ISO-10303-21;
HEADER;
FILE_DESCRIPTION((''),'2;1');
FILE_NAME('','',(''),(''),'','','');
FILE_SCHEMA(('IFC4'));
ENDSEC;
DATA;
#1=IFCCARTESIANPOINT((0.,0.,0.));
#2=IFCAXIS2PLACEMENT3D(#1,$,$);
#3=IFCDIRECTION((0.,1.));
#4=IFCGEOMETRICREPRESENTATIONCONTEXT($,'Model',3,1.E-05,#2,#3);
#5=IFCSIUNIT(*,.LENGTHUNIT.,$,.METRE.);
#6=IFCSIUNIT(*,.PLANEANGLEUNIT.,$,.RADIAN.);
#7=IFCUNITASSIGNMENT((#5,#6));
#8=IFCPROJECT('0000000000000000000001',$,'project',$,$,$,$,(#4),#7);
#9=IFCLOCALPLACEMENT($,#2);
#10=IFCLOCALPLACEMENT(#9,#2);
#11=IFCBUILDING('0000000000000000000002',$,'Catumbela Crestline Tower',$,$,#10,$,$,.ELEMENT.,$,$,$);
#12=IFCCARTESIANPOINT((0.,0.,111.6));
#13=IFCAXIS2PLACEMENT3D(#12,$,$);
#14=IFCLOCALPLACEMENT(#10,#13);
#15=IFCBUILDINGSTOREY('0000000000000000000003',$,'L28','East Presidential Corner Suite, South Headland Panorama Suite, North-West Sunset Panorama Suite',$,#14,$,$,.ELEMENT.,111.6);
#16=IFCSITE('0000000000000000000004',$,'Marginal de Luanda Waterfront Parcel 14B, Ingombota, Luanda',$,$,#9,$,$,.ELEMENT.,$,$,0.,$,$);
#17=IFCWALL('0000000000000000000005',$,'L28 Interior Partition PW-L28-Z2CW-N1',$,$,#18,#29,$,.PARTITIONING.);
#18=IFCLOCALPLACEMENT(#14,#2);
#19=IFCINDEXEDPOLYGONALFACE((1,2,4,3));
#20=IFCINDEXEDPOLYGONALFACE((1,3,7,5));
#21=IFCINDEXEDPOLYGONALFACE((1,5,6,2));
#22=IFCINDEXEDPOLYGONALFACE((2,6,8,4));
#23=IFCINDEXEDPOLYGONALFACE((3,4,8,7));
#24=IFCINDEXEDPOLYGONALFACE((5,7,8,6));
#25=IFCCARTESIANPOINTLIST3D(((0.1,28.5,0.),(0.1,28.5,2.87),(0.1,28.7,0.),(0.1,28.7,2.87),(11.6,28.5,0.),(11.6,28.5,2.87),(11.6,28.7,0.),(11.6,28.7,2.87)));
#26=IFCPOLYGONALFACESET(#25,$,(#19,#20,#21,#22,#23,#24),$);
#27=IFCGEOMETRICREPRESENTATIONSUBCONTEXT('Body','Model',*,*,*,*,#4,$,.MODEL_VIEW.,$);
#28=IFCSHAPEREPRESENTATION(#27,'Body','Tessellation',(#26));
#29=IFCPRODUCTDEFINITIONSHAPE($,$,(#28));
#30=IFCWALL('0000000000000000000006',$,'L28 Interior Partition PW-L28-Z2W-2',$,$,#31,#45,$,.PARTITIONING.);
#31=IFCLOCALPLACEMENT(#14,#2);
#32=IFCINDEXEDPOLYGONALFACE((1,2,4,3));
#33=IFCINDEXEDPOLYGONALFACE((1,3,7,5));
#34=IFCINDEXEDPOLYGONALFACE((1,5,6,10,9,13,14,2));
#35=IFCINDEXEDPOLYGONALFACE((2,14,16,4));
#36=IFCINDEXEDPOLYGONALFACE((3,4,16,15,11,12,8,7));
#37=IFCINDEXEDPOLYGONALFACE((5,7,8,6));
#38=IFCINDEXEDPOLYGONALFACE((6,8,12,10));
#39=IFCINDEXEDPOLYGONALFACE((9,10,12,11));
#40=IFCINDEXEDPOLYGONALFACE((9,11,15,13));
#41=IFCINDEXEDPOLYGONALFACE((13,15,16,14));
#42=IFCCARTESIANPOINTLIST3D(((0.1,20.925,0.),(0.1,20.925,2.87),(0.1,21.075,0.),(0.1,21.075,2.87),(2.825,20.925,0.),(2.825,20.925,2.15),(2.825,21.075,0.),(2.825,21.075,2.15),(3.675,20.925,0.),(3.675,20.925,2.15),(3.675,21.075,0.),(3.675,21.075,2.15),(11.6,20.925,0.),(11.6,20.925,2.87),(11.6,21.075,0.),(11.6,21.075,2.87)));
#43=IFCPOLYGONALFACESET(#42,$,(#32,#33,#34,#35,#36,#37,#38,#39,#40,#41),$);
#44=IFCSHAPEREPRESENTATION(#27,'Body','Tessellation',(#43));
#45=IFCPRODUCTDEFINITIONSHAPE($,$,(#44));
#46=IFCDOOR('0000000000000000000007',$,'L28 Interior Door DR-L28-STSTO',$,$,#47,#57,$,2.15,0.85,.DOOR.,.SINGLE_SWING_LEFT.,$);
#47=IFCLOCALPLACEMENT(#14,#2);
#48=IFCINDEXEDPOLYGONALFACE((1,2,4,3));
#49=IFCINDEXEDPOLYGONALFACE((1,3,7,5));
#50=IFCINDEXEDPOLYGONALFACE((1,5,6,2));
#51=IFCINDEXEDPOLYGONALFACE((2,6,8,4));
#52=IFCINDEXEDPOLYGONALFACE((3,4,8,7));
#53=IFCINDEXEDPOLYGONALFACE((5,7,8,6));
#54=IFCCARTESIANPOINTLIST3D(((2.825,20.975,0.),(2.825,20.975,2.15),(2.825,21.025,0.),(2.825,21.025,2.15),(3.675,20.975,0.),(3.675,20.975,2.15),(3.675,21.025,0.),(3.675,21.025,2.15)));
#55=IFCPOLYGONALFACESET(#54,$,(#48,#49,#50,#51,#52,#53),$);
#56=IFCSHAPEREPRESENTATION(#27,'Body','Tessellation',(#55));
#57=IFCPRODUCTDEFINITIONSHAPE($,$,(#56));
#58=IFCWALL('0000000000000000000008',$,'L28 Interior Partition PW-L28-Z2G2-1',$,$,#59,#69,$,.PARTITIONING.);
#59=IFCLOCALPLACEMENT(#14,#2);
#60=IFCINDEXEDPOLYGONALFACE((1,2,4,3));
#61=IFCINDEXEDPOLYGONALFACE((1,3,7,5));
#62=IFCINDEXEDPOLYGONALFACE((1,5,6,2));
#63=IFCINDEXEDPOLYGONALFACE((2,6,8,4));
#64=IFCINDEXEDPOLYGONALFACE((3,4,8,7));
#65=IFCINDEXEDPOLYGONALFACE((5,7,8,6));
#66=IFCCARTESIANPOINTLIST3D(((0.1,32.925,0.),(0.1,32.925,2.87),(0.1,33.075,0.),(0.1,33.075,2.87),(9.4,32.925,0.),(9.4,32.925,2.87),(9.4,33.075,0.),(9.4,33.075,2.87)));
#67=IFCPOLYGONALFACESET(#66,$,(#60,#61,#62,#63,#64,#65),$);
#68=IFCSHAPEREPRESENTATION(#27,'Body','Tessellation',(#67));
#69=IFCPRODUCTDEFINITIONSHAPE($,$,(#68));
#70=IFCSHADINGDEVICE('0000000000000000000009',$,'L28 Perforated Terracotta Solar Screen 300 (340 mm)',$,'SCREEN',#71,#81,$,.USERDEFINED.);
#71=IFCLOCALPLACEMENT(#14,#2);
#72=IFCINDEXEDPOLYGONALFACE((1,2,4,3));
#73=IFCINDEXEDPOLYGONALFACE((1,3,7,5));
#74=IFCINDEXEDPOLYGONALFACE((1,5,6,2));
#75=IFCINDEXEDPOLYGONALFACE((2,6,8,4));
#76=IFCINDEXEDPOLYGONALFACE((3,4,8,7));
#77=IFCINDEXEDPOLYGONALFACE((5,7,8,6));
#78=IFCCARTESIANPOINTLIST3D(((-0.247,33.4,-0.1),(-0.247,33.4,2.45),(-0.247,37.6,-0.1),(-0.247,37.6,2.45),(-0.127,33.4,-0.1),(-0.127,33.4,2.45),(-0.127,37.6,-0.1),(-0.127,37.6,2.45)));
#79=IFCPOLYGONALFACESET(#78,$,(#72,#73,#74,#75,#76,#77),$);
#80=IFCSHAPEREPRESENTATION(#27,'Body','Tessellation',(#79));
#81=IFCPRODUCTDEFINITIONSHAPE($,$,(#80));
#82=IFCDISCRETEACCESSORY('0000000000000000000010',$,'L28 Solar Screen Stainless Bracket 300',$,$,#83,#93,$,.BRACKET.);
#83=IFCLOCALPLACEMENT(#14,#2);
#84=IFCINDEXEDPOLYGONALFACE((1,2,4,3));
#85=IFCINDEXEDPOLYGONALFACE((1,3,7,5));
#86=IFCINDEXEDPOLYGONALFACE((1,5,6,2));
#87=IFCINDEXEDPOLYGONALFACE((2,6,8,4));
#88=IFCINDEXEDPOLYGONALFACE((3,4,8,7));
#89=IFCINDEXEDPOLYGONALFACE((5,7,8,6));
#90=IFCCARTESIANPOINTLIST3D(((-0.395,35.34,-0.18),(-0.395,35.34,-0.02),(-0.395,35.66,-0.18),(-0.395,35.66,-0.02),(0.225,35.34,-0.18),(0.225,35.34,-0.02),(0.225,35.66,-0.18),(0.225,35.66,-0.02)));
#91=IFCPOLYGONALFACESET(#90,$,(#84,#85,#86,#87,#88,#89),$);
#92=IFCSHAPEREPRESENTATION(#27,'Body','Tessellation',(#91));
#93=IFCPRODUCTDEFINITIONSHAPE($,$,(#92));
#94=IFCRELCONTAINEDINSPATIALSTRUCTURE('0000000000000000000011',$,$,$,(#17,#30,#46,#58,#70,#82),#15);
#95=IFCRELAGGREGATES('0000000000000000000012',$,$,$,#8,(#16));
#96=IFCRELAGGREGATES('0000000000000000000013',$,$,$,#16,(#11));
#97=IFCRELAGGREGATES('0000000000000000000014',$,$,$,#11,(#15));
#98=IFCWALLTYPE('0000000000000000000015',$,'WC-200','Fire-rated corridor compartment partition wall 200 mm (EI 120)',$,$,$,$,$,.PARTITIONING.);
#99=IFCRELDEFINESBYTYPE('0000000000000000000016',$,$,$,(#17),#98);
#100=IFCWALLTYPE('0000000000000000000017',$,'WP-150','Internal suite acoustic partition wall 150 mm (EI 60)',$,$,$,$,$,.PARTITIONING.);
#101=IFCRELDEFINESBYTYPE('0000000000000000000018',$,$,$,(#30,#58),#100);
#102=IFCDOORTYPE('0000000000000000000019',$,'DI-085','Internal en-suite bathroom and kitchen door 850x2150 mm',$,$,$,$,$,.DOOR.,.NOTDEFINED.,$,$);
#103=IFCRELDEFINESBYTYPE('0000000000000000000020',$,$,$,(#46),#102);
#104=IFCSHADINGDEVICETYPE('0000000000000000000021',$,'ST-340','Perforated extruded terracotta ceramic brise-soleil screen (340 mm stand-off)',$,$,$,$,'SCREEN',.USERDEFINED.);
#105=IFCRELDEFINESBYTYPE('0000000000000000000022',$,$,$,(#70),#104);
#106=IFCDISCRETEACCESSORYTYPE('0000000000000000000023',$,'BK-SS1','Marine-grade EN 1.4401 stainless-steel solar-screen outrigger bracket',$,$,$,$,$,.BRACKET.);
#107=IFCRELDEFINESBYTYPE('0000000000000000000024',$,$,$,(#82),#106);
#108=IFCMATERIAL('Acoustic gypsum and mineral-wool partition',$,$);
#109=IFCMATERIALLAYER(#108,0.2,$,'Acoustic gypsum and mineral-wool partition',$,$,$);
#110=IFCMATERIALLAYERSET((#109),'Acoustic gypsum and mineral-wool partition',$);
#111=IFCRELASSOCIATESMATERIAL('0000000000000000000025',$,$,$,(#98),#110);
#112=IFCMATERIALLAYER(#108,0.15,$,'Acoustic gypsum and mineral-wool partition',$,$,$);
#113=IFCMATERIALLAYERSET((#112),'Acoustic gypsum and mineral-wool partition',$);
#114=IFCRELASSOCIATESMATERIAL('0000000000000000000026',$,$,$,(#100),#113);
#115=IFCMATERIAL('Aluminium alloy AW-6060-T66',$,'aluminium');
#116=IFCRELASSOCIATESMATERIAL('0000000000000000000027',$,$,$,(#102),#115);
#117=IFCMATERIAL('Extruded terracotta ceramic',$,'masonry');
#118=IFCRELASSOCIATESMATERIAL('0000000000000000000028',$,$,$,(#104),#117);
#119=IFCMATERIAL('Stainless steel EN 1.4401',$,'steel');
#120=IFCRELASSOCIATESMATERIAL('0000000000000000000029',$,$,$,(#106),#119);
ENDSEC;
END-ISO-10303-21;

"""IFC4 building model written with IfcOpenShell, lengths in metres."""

from ifc_helpers import new_model, si_unit, direction, frame, frame_2d, origin, origin_2d, place, context, subcontext, project, spatial, rectangle, extrude, material, layer, layer_set, type_object, element, fill, save


model = new_model("IFC4")

# Units and contexts
model_context = context("Model", 3, precision=1e-05, world=origin(), true_north=direction((0.0, 1.0)))
body_context = subcontext(model_context, "Body", "Model", "MODEL_VIEW")
ifc_project = project(units=[si_unit("LENGTHUNIT", "METRE"), si_unit("PLANEANGLEUNIT", "RADIAN")], contexts=[model_context])

# Site, building, storey
site_placement = place(None, origin())
site = spatial("IfcSite", under=ifc_project, at=site_placement, Name="Marginal de Luanda Waterfront Parcel 14B, Ingombota, Luanda", CompositionType="ELEMENT", RefElevation=0.0)
building_placement = place(site_placement, origin())
building = spatial("IfcBuilding", under=site, at=building_placement, Name="Catumbela Crestline Tower", CompositionType="ELEMENT")
storey_placement = place(building_placement, frame((0.0, 0.0, 111.6)))
storey = spatial("IfcBuildingStorey", under=building, at=storey_placement, Name="L28", Description="East Presidential Corner Suite, South Headland Panorama Suite, North-West Sunset Panorama Suite", CompositionType="ELEMENT", Elevation=111.6)

# Shared definitions
ifc_material_1 = material(Name="Aluminium alloy AW-6060-T66", Category="aluminium")

# Wall
ifc_material_2 = material(Name="Acoustic gypsum and mineral-wool partition")
ifc_layer_1 = layer(ifc_material_2, 0.2, Name="Acoustic gypsum and mineral-wool partition")
ifc_layer_set_1 = layer_set([ifc_layer_1], Name="Acoustic gypsum and mineral-wool partition")
wall_type_1 = type_object("IfcWallType", Name="WC-200", Description="Fire-rated corridor compartment partition wall 200 mm (EI 120)", PredefinedType="PARTITIONING", material=ifc_layer_set_1)
wall_1_placement = place(storey_placement, frame((0.1, 28.6, 0.0), z_axis=(0.0, 0.0, 1.0), x_axis=(1.0, 0.0, 0.0)))
element("IfcWall", 1, at=wall_1_placement, inside=storey, type_object=wall_type_1, Name="L28 Interior Partition PW-L28-Z2CW-N1", PredefinedType="PARTITIONING", context=body_context, shape_type="SweptSolid", body=[
    extrude(rectangle(XDim=11.5, YDim=0.2, at=frame_2d((5.75, 0.0))), origin(), (0.0, 0.0, 1.0), 2.87),
])

# Wall, opening, door
ifc_layer_2 = layer(ifc_material_2, 0.15, Name="Acoustic gypsum and mineral-wool partition")
ifc_layer_set_2 = layer_set([ifc_layer_2], Name="Acoustic gypsum and mineral-wool partition")
wall_type_2 = type_object("IfcWallType", Name="WP-150", Description="Internal suite acoustic partition wall 150 mm (EI 60)", PredefinedType="PARTITIONING", material=ifc_layer_set_2)
wall_2_placement = place(storey_placement, frame((0.1, 21.0, 0.0), z_axis=(0.0, 0.0, 1.0), x_axis=(1.0, 0.0, 0.0)))
wall_2 = element("IfcWall", 2, at=wall_2_placement, inside=storey, type_object=wall_type_2, Name="L28 Interior Partition PW-L28-Z2W-2", PredefinedType="PARTITIONING", context=body_context, shape_type="SweptSolid", body=[
    extrude(rectangle(XDim=11.5, YDim=0.15, at=frame_2d((5.75, 0.0))), origin(), (0.0, 0.0, 1.0), 2.87),
])
opening_placement = place(wall_2_placement, frame((2.725, 0.0, 0.0)))
opening = element("IfcOpeningElement", 3, at=opening_placement, cuts=wall_2, PredefinedType="OPENING", context=body_context, shape_type="SweptSolid", body=[
    extrude(rectangle(XDim=0.85, YDim=2.15, at=frame_2d((0.425, 1.075))), frame((0.0, 0.085, 0.0), z_axis=(0.0, -1.0, 0.0), x_axis=(1.0, 0.0, 0.0)), (0.0, 0.0, 1.0), 0.17),
])
door_type = type_object("IfcDoorType", Name="DI-085", Description="Internal en-suite bathroom and kitchen door 850x2150 mm", OperationType="NOTDEFINED", PredefinedType="DOOR", material=ifc_material_1)
door_placement = place(opening_placement, origin())
door = element("IfcDoor", 4, at=door_placement, inside=storey, type_object=door_type, Name="L28 Interior Door DR-L28-STSTO", OperationType="SINGLE_SWING_LEFT", OverallHeight=2.15, OverallWidth=0.85, PredefinedType="DOOR", context=body_context, shape_type="SweptSolid", body=[
    extrude(rectangle(XDim=0.85, YDim=2.15, at=frame_2d((0.425, 1.075))), frame((0.0, 0.025, 0.0), z_axis=(0.0, -1.0, 0.0), x_axis=(1.0, 0.0, 0.0)), (0.0, 0.0, 1.0), 0.05),
])
fill(opening, door)

# Wall
wall_3_placement = place(storey_placement, frame((0.1, 33.0, 0.0), z_axis=(0.0, 0.0, 1.0), x_axis=(1.0, 0.0, 0.0)))
element("IfcWall", 5, at=wall_3_placement, inside=storey, type_object=wall_type_2, Name="L28 Interior Partition PW-L28-Z2G2-1", PredefinedType="PARTITIONING", context=body_context, shape_type="SweptSolid", body=[
    extrude(rectangle(XDim=9.3, YDim=0.15, at=frame_2d((4.65, 0.0))), origin(), (0.0, 0.0, 1.0), 2.87),
])

# Shading device
ifc_material_3 = material(Name="Extruded terracotta ceramic", Category="masonry")
shading_device_type = type_object("IfcShadingDeviceType", Name="ST-340", Description="Perforated extruded terracotta ceramic brise-soleil screen (340 mm stand-off)", ElementType="SCREEN", PredefinedType="USERDEFINED", material=ifc_material_3)
shading_device_placement = place(storey_placement, frame((-0.187, 35.5, -0.1), z_axis=(0.0, 0.0, 1.0), x_axis=(0.0, -1.0, 0.0)))
element("IfcShadingDevice", 6, at=shading_device_placement, inside=storey, type_object=shading_device_type, Name="L28 Perforated Terracotta Solar Screen 300 (340 mm)", ObjectType="SCREEN", PredefinedType="USERDEFINED", context=body_context, shape_type="SweptSolid", body=[
    extrude(rectangle(XDim=4.2, YDim=0.12, at=origin_2d()), origin(), (0.0, 0.0, 1.0), 2.55),
])

# Discrete accessory
ifc_material_4 = material(Name="Stainless steel EN 1.4401", Category="steel")
discrete_accessory_type = type_object("IfcDiscreteAccessoryType", Name="BK-SS1", Description="Marine-grade EN 1.4401 stainless-steel solar-screen outrigger bracket", PredefinedType="BRACKET", material=ifc_material_4)
discrete_accessory_placement = place(storey_placement, frame((-0.085, 35.5, -0.18), z_axis=(0.0, 0.0, 1.0), x_axis=(0.0, -1.0, 0.0)))
element("IfcDiscreteAccessory", 7, at=discrete_accessory_placement, inside=storey, type_object=discrete_accessory_type, Name="L28 Solar Screen Stainless Bracket 300", PredefinedType="BRACKET", context=body_context, shape_type="SweptSolid", body=[
    extrude(rectangle(XDim=0.32, YDim=0.62, at=origin_2d()), origin(), (0.0, 0.0, 1.0), 0.16),
])

save(model, "model.ifc")
